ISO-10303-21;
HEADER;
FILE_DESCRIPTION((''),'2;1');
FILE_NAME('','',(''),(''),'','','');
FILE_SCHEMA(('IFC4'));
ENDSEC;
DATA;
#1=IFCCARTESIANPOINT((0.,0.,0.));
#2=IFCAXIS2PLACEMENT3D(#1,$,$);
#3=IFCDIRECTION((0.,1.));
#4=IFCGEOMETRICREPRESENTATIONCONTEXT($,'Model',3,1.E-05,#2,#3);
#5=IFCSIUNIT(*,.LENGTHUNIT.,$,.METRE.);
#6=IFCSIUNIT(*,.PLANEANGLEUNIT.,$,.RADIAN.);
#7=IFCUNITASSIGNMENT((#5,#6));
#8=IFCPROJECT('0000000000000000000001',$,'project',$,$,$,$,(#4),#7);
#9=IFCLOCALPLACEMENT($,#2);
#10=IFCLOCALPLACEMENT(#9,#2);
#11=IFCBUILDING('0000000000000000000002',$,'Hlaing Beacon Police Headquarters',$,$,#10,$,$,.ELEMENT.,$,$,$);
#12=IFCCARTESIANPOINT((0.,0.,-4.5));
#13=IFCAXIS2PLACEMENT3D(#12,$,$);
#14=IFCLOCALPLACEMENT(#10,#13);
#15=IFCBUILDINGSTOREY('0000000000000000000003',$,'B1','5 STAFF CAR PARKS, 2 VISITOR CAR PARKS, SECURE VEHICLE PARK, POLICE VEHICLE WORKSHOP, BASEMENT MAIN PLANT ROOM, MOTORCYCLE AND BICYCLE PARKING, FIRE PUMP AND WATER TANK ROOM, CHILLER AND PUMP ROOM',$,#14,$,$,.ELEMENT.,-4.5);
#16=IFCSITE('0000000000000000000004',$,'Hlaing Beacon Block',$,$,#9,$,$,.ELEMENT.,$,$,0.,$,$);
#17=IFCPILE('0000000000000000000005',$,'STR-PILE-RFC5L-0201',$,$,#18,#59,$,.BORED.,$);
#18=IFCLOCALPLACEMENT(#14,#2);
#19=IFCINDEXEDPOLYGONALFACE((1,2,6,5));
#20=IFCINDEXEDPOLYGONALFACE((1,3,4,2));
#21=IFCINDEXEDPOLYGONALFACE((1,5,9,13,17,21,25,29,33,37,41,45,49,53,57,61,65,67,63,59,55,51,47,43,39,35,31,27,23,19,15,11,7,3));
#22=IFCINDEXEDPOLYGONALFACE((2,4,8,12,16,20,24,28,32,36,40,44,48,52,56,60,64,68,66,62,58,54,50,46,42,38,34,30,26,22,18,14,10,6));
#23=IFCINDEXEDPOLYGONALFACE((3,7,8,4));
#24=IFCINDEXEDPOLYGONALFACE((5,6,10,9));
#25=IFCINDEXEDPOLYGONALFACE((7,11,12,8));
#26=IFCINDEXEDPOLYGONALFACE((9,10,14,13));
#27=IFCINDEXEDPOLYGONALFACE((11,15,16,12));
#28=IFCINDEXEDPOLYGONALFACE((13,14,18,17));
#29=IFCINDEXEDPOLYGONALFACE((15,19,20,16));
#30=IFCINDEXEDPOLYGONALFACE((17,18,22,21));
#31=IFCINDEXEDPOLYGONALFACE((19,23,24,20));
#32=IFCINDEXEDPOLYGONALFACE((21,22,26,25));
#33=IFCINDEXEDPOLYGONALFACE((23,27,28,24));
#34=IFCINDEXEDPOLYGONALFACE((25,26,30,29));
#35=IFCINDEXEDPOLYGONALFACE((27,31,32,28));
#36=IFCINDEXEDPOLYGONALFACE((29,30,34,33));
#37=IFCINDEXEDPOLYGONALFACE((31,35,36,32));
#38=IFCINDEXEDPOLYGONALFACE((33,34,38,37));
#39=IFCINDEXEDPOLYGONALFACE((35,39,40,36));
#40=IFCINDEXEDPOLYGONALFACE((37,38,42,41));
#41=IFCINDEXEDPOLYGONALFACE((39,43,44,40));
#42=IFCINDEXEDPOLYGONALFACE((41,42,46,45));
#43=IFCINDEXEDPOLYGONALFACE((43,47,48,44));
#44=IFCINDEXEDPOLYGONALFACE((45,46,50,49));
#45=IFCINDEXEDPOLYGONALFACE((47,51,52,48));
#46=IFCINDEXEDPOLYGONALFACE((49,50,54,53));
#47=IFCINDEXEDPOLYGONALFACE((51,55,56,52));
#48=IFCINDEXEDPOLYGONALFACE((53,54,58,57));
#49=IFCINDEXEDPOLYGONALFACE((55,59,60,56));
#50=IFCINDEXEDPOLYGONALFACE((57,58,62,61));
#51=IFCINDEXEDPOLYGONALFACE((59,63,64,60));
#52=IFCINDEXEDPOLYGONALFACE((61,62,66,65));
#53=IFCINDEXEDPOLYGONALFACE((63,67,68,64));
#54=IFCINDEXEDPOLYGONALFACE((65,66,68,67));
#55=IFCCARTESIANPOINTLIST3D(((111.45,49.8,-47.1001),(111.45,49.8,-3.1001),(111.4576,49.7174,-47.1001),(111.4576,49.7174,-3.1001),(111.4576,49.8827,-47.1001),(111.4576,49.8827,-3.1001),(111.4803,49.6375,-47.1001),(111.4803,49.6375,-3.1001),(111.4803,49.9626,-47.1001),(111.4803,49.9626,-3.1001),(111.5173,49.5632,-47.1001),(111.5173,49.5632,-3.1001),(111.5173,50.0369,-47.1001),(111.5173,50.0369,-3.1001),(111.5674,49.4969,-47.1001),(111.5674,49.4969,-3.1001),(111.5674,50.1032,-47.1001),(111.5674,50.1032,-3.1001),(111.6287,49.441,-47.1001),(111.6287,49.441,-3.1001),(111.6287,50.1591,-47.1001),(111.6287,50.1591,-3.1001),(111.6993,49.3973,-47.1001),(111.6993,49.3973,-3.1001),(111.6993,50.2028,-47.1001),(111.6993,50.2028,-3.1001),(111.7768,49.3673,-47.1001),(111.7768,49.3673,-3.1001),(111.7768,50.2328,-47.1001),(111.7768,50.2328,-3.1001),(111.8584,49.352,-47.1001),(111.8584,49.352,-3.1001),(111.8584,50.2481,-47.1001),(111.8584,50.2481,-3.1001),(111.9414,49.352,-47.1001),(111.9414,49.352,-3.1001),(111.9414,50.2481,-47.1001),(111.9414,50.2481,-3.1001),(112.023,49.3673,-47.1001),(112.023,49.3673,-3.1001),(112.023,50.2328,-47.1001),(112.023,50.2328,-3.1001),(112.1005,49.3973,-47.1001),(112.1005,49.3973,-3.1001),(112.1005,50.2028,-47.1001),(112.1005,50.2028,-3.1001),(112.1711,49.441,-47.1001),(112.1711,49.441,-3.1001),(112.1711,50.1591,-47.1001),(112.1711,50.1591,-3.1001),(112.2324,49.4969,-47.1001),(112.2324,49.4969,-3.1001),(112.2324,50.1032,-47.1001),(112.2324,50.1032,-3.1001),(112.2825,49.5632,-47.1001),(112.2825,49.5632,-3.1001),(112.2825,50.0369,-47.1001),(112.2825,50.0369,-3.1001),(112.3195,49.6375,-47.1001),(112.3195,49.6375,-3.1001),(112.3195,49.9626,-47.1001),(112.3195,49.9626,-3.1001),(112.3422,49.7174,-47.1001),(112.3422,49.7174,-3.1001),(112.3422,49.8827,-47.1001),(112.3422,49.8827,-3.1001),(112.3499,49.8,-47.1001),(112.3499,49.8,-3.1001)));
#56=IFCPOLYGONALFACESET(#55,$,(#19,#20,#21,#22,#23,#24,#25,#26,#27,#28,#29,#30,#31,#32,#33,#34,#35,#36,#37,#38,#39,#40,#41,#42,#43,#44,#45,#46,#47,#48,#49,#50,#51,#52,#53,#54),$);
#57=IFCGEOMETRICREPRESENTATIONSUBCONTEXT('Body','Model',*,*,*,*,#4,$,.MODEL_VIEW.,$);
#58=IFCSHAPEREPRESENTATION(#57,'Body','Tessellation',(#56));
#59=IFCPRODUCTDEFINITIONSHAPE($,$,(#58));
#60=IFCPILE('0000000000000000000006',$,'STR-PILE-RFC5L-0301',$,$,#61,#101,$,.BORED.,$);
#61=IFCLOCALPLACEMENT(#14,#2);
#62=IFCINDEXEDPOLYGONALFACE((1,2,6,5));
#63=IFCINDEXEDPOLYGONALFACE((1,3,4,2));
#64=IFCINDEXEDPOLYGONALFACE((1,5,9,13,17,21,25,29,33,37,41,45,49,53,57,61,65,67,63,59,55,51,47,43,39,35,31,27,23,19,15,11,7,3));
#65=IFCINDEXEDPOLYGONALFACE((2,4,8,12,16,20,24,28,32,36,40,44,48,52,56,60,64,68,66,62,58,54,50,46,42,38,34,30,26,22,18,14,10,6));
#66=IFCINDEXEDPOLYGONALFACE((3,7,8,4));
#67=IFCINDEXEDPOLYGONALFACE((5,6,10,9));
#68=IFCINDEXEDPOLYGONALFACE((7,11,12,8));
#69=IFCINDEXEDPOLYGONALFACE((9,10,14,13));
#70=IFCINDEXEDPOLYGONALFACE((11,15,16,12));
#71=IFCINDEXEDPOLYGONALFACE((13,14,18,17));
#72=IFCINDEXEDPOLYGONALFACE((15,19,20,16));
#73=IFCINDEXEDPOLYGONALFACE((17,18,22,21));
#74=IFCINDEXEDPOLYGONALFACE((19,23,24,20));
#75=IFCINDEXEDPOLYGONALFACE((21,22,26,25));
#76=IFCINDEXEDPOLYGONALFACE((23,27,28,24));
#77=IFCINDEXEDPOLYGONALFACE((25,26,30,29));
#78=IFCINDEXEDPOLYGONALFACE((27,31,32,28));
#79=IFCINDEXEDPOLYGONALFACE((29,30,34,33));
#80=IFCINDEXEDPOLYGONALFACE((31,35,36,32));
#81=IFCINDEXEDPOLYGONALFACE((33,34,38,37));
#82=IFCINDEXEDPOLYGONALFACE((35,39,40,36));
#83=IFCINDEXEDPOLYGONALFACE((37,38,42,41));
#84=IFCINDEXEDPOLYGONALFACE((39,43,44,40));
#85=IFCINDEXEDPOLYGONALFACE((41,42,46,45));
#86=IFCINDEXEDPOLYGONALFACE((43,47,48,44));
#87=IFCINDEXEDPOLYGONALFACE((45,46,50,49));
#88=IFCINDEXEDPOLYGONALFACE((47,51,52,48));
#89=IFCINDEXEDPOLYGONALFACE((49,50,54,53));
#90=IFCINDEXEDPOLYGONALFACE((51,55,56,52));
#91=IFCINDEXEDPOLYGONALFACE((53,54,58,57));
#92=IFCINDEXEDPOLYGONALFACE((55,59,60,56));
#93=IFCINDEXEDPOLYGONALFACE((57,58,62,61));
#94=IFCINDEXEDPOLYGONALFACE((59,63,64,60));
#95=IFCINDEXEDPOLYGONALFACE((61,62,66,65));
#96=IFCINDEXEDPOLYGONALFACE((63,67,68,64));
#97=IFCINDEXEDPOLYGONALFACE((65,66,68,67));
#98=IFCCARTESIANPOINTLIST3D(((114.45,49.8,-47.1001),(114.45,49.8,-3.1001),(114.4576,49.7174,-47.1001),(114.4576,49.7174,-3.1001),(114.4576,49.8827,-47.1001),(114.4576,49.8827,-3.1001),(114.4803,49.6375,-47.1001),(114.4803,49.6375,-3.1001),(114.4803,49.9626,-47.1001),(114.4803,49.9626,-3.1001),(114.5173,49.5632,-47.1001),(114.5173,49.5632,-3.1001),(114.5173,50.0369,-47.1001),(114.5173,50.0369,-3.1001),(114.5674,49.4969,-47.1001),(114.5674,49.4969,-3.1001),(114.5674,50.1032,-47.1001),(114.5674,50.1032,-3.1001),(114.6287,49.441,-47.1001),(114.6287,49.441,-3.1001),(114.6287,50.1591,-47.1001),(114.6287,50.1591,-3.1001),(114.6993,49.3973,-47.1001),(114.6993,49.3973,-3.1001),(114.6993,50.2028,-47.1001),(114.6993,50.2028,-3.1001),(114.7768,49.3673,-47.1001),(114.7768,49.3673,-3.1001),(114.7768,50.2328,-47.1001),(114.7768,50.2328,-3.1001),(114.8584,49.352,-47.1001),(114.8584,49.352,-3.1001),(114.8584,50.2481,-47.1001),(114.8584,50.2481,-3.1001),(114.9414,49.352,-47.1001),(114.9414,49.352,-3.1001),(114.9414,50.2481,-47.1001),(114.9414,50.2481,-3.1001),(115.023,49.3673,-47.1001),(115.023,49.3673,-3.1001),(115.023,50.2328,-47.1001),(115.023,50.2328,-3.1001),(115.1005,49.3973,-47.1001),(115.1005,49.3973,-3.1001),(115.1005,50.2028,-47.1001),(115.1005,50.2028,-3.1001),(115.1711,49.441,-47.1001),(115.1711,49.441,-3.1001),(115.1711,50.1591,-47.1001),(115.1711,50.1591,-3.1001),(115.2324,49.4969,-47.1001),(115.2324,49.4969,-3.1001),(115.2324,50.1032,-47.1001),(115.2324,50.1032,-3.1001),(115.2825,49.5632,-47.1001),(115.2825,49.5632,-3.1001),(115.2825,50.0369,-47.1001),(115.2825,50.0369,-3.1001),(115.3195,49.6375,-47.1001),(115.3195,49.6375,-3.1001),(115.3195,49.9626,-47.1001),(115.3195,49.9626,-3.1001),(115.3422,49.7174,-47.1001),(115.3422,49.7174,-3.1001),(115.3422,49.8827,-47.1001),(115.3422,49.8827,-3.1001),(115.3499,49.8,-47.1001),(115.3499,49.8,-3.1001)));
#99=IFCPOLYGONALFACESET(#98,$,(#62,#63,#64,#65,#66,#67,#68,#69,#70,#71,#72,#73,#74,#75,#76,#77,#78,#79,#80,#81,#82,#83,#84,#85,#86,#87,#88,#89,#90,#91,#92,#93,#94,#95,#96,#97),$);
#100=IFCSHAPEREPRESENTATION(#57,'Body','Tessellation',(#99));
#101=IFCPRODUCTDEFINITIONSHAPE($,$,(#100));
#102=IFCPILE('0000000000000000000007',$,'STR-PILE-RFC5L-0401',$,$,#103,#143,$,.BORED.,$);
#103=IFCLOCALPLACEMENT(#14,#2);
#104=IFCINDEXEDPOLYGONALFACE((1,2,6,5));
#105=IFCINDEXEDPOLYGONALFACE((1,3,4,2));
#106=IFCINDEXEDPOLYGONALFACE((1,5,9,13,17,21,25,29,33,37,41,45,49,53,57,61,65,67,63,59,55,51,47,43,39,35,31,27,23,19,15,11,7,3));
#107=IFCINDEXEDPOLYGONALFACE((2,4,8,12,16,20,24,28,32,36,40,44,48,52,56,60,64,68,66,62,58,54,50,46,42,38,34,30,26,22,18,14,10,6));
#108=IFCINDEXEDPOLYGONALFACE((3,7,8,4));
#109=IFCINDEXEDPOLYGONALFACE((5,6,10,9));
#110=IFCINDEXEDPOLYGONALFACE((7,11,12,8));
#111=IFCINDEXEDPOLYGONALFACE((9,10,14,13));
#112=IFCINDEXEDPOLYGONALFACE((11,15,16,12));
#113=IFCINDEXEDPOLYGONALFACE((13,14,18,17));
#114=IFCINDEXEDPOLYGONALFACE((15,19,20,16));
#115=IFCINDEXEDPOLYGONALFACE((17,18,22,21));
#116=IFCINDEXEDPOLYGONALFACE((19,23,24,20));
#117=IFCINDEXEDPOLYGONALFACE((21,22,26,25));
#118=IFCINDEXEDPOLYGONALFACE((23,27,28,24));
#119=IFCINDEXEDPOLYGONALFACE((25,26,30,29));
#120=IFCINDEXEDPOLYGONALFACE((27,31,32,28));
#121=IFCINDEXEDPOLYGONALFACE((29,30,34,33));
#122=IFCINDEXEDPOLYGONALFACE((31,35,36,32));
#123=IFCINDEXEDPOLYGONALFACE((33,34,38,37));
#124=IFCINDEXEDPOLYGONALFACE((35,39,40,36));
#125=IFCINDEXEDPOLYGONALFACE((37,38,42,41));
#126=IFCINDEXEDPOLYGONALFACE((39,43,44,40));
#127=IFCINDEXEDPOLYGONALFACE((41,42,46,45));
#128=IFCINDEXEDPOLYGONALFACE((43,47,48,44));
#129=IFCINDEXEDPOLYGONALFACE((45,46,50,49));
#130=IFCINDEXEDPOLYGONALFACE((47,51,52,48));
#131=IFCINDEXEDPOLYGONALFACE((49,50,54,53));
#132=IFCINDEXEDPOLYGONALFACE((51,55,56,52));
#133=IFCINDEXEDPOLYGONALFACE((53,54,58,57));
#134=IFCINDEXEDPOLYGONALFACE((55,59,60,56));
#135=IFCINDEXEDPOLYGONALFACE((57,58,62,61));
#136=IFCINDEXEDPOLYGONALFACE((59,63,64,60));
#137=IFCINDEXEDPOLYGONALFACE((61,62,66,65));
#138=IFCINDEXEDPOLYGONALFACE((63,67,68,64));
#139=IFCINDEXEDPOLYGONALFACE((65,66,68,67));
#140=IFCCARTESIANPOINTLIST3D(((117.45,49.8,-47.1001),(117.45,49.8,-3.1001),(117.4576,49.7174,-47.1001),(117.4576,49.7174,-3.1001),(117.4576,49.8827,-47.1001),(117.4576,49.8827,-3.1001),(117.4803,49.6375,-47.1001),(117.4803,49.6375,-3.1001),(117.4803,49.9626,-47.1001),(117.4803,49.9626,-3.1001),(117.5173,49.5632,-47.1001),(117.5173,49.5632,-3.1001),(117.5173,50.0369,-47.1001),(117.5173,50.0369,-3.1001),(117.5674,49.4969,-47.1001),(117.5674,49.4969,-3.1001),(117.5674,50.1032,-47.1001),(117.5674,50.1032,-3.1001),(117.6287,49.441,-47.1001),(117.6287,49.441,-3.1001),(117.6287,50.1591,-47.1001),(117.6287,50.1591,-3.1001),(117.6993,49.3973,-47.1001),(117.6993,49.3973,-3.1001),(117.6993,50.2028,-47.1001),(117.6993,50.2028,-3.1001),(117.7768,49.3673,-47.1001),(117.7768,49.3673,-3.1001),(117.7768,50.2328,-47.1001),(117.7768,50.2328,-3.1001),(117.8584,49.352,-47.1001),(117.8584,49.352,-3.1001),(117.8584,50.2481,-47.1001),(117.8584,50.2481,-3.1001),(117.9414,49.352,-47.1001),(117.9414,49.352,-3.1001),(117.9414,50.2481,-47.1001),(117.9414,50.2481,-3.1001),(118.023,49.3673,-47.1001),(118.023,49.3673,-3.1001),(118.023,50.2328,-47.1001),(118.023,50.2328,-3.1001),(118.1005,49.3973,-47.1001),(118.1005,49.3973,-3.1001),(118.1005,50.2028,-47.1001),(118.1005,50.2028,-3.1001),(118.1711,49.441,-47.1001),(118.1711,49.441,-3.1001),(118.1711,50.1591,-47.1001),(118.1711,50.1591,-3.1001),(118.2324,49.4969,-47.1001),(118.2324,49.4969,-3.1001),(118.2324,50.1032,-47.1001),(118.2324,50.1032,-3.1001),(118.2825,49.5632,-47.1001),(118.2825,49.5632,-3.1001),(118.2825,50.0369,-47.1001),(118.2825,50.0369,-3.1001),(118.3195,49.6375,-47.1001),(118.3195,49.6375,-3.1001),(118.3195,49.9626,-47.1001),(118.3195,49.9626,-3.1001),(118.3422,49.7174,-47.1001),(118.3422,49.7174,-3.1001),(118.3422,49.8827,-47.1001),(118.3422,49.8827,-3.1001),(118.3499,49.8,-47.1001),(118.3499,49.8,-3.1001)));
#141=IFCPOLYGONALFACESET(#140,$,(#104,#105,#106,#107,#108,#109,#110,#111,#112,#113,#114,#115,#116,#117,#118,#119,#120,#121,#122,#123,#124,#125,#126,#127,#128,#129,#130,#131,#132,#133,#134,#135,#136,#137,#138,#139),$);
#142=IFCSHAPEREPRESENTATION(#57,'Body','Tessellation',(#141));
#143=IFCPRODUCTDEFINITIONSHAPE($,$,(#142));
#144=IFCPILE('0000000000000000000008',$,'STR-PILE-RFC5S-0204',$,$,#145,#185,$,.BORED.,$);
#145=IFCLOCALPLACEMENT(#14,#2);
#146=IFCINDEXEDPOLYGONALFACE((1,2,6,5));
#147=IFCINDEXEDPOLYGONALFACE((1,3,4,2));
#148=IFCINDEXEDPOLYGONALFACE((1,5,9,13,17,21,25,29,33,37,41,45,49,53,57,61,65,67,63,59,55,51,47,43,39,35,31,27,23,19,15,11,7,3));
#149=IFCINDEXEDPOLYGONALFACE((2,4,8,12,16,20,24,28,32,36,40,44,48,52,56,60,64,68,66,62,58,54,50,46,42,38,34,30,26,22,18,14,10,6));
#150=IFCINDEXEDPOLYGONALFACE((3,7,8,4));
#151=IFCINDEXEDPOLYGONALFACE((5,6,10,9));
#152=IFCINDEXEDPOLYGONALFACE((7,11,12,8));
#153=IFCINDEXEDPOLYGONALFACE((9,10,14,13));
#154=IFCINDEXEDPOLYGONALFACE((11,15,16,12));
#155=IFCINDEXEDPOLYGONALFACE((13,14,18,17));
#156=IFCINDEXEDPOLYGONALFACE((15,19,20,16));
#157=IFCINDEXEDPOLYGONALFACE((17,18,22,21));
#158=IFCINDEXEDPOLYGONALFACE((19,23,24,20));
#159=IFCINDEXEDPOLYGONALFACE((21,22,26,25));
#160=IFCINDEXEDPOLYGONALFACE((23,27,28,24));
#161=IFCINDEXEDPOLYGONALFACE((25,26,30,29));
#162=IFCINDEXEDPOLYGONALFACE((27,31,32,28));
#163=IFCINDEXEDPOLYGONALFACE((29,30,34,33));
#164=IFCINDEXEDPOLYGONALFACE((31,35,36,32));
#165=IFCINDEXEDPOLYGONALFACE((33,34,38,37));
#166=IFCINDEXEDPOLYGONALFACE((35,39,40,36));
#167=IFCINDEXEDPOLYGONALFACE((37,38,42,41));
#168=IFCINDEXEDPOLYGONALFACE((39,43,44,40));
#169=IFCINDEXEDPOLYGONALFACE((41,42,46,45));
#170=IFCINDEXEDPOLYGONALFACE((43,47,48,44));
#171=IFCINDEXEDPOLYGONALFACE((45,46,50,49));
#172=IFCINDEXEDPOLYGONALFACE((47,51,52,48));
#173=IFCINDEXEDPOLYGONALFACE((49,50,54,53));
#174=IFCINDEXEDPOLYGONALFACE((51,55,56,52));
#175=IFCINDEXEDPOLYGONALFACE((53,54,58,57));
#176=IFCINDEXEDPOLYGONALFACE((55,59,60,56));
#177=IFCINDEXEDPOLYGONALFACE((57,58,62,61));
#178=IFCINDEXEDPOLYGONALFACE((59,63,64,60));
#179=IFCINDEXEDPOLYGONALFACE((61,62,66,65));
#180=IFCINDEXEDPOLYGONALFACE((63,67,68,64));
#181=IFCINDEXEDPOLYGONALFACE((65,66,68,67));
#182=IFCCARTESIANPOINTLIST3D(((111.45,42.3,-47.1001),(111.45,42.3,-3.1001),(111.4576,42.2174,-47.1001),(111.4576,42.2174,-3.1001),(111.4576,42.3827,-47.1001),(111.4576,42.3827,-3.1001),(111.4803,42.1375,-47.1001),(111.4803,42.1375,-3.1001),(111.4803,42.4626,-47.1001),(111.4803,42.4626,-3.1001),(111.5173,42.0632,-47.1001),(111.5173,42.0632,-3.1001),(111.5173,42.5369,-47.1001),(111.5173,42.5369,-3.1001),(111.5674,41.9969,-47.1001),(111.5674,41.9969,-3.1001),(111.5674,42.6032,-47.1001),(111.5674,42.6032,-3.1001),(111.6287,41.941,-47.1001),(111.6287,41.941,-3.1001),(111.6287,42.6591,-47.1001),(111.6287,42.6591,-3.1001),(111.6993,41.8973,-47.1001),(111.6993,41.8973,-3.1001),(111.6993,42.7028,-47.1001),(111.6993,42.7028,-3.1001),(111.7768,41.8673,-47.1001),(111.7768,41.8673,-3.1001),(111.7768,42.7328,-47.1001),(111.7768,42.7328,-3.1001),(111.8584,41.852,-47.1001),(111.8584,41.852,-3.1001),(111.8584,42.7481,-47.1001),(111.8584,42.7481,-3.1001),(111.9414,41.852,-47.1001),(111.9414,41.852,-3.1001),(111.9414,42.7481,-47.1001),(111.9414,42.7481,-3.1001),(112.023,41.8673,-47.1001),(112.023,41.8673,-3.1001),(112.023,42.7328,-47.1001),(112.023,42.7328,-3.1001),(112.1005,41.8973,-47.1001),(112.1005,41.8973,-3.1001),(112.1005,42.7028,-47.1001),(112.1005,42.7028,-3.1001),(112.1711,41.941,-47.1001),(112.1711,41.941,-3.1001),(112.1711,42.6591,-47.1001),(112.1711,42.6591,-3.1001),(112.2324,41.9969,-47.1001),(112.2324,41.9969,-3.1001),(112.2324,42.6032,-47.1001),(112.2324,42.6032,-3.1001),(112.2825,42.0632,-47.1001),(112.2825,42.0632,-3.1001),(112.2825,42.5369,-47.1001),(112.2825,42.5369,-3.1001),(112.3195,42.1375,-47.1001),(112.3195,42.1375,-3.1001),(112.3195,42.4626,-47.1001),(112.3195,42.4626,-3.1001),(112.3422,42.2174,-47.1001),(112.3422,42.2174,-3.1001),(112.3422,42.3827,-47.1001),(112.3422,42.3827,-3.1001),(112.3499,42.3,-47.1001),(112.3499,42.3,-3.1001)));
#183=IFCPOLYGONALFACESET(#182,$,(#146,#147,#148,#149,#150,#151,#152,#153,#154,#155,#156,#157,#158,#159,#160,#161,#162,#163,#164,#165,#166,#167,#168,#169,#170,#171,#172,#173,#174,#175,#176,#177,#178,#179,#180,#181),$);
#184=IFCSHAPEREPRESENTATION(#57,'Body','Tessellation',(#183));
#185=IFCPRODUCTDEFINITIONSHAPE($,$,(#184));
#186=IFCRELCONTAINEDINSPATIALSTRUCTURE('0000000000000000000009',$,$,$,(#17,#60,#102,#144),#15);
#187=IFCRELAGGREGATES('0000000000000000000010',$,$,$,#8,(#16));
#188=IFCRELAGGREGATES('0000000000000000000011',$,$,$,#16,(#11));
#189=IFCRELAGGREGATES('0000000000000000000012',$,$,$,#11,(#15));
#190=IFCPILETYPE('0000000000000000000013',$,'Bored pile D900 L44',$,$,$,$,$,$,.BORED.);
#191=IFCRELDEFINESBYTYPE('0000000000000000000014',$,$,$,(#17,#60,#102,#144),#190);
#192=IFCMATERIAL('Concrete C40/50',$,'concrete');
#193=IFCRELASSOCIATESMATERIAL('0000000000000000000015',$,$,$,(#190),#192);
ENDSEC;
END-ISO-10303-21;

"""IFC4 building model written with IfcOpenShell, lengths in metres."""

from ifc_helpers import new_model, si_unit, direction, frame, origin, origin_2d, place, context, subcontext, project, spatial, circle, extrude, material, material_profile, profile_set, type_object, element, save


model = new_model("IFC4")

# Units and contexts
model_context = context("Model", 3, precision=1e-05, world=origin(), true_north=direction((0.0, 1.0)))
body_context = subcontext(model_context, "Body", "Model", "MODEL_VIEW")
ifc_project = project(units=[si_unit("LENGTHUNIT", "METRE"), si_unit("PLANEANGLEUNIT", "RADIAN")], contexts=[model_context])

# Site, building, storey
site_placement = place(None, origin())
site = spatial("IfcSite", under=ifc_project, at=site_placement, Name="Hlaing Beacon Block", CompositionType="ELEMENT", RefElevation=0.0)
building_placement = place(site_placement, origin())
building = spatial("IfcBuilding", under=site, at=building_placement, Name="Hlaing Beacon Police Headquarters", CompositionType="ELEMENT")
storey_placement = place(building_placement, frame((0.0, 0.0, -4.5)))
storey = spatial("IfcBuildingStorey", under=building, at=storey_placement, Name="B1", Description="5 STAFF CAR PARKS, 2 VISITOR CAR PARKS, SECURE VEHICLE PARK, POLICE VEHICLE WORKSHOP, BASEMENT MAIN PLANT ROOM, MOTORCYCLE AND BICYCLE PARKING, FIRE PUMP AND WATER TANK ROOM, CHILLER AND PUMP ROOM", CompositionType="ELEMENT", Elevation=-4.5)

# Piles
ifc_material_1 = material(Name="Concrete C40/50", Category="concrete")
ifc_material_profile_1 = material_profile(ifc_material_1, circle(Radius=0.45, at=origin_2d()), Name="D900")
ifc_profile_set_1 = profile_set([ifc_material_profile_1], Name="Concrete C40/50")
pile_type = type_object("IfcPileType", Name="Bored pile D900 L44", PredefinedType="BORED", material=ifc_profile_set_1)
for number, where, z_axis, x_axis, name in (
    (1, (111.8999, 49.8, -3.1001), (0.0, 0.0, -1.0), (1.0, 0.0, 0.0), "STR-PILE-RFC5L-0201"),
    (2, (114.8999, 49.8, -3.1001), (0.0, 0.0, -1.0), (1.0, 0.0, 0.0), "STR-PILE-RFC5L-0301"),
    (3, (117.8999, 49.8, -3.1001), (0.0, 0.0, -1.0), (1.0, 0.0, 0.0), "STR-PILE-RFC5L-0401"),
    (4, (111.8999, 42.3, -3.1001), (0.0, 0.0, -1.0), (1.0, 0.0, 0.0), "STR-PILE-RFC5S-0204"),
):
    element("IfcPile", number, at=place(storey_placement, frame(where, z_axis=z_axis, x_axis=x_axis)), inside=storey, type_object=pile_type, Name=name, PredefinedType="BORED", context=body_context, shape_type="SweptSolid", body=[
        extrude(circle(Radius=0.45, at=origin_2d()), origin(), (0.0, 0.0, 1.0), 44.0),
    ])

save(model, "model.ifc")
